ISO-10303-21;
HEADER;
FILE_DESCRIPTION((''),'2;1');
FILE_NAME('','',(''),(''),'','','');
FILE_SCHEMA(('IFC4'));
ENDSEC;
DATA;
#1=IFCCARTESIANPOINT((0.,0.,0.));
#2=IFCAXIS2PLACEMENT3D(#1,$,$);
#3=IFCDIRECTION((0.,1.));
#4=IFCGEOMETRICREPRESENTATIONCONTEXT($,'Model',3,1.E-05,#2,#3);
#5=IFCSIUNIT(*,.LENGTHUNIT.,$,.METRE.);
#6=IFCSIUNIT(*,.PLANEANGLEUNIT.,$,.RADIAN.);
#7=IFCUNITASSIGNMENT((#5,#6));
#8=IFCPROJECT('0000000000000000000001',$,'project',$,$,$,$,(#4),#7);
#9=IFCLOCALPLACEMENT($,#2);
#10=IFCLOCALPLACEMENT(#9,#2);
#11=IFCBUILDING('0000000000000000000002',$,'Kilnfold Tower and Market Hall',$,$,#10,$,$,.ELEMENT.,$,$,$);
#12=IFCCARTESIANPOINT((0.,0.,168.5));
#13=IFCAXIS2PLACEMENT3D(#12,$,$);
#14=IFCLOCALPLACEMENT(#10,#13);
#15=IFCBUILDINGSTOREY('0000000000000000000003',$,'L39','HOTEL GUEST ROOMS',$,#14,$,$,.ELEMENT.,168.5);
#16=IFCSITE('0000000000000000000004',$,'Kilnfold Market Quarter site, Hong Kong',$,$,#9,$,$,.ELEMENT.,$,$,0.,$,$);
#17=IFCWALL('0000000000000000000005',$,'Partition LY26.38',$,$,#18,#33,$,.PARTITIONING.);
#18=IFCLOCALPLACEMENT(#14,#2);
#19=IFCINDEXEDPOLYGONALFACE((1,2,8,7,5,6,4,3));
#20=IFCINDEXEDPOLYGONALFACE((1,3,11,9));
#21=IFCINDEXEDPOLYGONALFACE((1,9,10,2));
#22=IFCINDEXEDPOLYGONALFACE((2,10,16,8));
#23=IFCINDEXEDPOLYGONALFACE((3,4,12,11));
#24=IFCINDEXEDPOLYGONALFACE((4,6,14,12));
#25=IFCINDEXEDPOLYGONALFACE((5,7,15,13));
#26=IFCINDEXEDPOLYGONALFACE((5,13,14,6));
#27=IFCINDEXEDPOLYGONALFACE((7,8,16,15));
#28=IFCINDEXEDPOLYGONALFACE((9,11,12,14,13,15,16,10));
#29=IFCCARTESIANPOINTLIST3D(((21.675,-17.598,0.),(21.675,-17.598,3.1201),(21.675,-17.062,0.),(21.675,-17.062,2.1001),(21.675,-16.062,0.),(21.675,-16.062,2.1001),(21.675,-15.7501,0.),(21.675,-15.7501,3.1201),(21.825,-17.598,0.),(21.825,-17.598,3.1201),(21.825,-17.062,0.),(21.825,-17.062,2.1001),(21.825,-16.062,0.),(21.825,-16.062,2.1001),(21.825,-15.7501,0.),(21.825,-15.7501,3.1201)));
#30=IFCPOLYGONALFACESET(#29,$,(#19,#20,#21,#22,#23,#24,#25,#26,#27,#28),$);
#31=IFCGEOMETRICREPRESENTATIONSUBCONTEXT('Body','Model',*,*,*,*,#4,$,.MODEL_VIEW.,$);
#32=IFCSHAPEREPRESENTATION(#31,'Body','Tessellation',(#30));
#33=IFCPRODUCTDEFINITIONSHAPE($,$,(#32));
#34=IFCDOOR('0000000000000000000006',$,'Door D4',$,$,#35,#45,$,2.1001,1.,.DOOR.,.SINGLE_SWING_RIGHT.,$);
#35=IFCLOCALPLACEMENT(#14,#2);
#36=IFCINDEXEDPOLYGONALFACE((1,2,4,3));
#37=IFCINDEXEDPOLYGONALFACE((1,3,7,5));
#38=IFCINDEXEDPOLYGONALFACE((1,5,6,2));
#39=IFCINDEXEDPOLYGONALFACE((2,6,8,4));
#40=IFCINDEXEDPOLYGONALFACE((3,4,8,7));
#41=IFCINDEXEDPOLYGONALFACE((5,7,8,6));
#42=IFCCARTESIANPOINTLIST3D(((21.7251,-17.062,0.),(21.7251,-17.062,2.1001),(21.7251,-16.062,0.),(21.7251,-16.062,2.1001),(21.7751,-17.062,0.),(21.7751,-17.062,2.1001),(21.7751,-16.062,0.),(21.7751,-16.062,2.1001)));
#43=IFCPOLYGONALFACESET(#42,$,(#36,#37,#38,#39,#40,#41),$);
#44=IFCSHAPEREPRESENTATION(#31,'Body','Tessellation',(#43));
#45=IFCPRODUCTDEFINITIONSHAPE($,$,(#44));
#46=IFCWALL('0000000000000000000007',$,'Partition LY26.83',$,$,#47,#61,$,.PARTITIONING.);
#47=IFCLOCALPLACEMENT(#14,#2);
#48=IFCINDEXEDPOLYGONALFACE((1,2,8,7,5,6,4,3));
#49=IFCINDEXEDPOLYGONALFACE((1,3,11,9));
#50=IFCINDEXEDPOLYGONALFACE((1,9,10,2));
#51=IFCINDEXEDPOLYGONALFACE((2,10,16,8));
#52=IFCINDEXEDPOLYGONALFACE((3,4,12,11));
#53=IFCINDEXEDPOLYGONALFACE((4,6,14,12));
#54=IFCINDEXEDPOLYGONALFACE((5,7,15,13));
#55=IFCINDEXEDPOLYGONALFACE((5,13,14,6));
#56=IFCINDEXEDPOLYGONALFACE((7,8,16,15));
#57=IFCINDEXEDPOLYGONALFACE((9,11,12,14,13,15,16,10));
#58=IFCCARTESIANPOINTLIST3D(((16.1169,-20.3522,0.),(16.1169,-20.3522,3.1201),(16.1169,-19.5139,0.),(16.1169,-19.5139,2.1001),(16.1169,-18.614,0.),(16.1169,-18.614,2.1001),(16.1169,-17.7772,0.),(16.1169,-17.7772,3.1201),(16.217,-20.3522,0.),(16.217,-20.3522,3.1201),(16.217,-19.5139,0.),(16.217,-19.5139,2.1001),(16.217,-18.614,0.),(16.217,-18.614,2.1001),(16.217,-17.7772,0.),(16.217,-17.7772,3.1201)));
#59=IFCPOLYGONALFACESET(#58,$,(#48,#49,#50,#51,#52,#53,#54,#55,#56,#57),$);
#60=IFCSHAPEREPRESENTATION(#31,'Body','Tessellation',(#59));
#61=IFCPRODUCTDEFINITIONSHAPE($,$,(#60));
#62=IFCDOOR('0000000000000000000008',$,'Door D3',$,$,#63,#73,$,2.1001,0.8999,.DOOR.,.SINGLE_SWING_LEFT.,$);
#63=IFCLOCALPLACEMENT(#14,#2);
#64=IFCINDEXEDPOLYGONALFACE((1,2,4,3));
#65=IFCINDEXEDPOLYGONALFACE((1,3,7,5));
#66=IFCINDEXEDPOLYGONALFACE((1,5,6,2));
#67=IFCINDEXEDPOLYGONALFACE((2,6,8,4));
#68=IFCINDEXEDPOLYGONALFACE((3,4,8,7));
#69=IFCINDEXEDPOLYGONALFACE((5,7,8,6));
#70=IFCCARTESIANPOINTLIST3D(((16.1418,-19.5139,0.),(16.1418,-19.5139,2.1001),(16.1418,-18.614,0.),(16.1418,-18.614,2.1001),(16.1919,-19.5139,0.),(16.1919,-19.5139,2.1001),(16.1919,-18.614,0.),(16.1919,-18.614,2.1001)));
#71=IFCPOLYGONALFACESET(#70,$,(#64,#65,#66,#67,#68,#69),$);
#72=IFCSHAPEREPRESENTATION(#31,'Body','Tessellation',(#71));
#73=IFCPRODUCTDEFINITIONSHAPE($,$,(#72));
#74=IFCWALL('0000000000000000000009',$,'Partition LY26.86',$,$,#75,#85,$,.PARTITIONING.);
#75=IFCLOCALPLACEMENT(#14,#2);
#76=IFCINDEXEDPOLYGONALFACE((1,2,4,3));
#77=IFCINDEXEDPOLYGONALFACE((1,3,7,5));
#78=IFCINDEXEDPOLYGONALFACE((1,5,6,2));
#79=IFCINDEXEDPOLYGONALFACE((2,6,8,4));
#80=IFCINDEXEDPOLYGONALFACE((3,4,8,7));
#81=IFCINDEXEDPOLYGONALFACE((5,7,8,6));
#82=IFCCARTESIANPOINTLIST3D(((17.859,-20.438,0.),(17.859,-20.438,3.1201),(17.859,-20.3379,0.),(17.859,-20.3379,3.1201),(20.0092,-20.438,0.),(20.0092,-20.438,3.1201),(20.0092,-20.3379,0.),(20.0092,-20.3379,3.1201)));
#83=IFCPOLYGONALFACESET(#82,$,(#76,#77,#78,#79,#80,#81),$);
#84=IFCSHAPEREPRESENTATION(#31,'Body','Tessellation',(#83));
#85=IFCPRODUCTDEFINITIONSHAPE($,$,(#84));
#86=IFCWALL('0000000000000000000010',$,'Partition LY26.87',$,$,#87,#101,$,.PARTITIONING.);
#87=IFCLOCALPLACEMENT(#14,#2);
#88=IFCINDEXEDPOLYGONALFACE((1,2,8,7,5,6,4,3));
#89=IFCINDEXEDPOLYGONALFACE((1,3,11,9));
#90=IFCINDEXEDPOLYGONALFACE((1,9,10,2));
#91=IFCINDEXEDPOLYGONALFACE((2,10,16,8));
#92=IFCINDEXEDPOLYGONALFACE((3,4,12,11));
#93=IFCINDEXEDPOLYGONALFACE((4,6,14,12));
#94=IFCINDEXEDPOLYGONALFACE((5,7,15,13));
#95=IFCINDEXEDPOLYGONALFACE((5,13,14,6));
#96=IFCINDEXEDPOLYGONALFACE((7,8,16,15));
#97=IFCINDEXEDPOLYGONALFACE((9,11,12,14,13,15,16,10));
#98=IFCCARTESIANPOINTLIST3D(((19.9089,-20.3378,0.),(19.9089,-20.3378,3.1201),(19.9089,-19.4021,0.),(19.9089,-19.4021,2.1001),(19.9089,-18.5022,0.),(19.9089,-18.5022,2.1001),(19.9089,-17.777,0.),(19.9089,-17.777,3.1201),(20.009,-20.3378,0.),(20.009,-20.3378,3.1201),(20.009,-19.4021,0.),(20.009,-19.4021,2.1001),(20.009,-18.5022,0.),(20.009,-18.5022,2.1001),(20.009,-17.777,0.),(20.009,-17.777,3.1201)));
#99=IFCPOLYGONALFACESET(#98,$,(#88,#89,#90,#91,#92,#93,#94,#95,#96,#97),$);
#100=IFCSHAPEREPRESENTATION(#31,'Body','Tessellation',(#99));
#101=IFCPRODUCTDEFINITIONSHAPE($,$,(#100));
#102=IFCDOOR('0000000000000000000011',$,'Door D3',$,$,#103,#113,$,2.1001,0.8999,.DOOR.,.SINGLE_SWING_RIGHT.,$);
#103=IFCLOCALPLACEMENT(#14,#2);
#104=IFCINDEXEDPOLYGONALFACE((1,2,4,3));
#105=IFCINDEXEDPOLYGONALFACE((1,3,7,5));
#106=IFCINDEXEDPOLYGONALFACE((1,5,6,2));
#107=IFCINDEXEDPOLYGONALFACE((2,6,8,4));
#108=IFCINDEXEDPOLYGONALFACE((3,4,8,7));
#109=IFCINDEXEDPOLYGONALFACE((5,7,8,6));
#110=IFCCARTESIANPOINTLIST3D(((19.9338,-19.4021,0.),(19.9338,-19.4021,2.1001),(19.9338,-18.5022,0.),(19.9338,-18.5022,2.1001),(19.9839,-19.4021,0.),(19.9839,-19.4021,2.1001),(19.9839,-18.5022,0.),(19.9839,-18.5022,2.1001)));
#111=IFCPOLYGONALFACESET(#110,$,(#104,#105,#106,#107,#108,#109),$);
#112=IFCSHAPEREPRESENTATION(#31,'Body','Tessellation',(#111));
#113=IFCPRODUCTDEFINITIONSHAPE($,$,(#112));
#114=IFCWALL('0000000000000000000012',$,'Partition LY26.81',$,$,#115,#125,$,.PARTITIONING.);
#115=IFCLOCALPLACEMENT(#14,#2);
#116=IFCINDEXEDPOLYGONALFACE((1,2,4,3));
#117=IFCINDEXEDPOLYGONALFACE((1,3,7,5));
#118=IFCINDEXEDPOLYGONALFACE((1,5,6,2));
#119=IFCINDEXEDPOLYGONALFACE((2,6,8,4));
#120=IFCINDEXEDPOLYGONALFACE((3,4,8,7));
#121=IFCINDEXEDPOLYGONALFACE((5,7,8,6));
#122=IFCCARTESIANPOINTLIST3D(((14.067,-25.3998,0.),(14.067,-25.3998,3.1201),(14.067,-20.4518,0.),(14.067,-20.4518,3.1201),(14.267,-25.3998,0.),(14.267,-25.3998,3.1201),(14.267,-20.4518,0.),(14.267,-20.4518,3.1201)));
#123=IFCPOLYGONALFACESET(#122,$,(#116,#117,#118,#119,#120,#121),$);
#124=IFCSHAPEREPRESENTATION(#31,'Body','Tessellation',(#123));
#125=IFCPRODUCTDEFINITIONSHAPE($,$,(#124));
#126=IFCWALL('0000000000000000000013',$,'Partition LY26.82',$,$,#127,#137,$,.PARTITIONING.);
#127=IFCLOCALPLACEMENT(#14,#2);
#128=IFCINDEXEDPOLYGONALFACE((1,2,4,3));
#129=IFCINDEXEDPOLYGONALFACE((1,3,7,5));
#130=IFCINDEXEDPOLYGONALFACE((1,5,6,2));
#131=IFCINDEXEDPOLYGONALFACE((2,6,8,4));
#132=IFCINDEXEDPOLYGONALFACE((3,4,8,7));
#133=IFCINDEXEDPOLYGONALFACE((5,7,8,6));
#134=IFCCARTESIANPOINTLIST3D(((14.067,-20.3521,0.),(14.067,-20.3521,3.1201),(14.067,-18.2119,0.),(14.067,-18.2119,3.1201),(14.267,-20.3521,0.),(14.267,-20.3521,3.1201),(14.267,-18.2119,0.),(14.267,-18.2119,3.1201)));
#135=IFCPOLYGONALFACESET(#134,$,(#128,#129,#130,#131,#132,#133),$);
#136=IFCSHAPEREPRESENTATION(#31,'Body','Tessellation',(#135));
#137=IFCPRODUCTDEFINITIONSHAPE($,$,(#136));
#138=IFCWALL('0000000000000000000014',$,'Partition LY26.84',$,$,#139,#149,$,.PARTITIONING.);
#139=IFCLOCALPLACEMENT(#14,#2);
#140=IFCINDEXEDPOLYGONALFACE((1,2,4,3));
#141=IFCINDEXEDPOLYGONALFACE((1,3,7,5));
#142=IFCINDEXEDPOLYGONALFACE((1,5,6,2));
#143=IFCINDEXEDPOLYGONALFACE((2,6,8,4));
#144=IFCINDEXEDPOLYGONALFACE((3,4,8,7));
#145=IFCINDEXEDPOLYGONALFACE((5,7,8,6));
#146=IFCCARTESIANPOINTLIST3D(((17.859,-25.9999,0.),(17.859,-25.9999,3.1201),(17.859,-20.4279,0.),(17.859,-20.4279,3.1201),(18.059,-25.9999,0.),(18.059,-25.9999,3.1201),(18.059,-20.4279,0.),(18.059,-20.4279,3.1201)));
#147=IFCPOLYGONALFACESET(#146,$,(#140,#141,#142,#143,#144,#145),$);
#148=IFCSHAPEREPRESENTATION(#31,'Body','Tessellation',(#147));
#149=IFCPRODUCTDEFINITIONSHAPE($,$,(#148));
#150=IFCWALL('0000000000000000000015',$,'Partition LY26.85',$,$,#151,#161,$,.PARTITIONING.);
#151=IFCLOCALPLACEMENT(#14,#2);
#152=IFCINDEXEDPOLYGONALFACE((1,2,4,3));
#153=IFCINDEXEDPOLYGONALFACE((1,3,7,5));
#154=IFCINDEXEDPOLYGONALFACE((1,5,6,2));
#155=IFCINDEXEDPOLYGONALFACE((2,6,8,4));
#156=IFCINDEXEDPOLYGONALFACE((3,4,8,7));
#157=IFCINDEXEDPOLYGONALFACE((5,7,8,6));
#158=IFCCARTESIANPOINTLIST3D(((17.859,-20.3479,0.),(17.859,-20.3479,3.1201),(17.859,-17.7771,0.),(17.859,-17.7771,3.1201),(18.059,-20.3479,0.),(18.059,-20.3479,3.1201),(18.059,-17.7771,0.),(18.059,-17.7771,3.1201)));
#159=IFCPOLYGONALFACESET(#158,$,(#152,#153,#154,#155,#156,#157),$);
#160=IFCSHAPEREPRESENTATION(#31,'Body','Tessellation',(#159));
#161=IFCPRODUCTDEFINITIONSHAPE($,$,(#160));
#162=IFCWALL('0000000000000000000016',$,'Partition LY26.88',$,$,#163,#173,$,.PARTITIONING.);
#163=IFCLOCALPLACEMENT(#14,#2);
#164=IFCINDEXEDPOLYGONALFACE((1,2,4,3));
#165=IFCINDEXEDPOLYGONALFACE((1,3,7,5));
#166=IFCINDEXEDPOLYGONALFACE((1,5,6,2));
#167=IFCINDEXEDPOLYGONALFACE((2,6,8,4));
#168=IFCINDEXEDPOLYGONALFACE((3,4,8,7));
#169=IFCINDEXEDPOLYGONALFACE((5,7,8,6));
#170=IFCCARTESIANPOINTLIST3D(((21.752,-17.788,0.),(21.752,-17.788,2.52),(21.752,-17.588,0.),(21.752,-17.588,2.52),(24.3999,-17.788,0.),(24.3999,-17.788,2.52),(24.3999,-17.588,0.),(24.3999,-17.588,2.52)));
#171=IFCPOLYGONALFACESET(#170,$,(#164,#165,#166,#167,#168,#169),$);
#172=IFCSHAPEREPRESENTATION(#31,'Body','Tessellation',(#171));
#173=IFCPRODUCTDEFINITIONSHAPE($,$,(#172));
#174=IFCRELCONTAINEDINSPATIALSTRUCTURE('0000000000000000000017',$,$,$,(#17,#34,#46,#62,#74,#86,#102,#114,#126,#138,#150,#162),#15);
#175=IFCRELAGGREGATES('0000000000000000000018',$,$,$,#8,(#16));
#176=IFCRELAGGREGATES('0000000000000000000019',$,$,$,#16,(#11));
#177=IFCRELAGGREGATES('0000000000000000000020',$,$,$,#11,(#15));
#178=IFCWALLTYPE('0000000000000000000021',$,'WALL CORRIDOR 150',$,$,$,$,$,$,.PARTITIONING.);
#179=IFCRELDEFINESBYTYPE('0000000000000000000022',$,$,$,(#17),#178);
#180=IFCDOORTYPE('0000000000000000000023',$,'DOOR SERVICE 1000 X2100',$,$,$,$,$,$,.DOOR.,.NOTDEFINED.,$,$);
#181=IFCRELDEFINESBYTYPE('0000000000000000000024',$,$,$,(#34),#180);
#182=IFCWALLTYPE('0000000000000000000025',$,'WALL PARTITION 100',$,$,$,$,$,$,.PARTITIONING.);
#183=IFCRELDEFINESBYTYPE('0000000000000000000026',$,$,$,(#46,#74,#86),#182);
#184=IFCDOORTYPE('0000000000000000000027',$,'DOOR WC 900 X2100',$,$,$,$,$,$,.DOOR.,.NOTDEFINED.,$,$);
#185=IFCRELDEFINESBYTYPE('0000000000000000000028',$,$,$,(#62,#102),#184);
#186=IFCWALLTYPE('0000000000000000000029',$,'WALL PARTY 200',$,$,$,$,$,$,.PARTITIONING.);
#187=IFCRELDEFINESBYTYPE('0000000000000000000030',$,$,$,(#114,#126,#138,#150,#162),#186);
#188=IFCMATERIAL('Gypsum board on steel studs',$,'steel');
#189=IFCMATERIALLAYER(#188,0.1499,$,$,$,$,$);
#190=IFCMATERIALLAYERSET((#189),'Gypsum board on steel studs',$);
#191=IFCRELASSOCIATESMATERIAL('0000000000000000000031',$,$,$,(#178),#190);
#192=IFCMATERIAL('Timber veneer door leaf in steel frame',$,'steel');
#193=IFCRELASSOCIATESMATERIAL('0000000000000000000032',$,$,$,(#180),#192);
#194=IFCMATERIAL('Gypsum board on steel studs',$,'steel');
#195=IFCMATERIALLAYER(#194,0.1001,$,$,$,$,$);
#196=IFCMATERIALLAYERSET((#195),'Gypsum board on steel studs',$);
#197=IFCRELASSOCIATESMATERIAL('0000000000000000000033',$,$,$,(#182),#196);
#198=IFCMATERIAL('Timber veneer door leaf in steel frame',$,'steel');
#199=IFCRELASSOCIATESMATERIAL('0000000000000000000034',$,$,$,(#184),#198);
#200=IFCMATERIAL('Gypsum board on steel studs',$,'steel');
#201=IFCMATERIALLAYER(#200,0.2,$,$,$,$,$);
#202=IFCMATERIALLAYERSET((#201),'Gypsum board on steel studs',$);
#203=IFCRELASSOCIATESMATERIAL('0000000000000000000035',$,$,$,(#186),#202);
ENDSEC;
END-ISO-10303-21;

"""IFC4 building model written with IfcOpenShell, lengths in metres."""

from ifc_helpers import new_model, si_unit, direction, frame, frame_2d, origin, place, context, subcontext, project, spatial, rectangle, extrude, material, layer, layer_set, type_object, element, fill, save


model = new_model("IFC4")

# Units and contexts
model_context = context("Model", 3, precision=1e-05, world=origin(), true_north=direction((0.0, 1.0)))
body_context = subcontext(model_context, "Body", "Model", "MODEL_VIEW")
ifc_project = project(units=[si_unit("LENGTHUNIT", "METRE"), si_unit("PLANEANGLEUNIT", "RADIAN")], contexts=[model_context])

# Site, building, storey
site_placement = place(None, origin())
site = spatial("IfcSite", under=ifc_project, at=site_placement, Name="Kilnfold Market Quarter site, Hong Kong", CompositionType="ELEMENT", RefElevation=0.0)
building_placement = place(site_placement, origin())
building = spatial("IfcBuilding", under=site, at=building_placement, Name="Kilnfold Tower and Market Hall", CompositionType="ELEMENT")
storey_placement = place(building_placement, frame((0.0, 0.0, 168.5)))
storey = spatial("IfcBuildingStorey", under=building, at=storey_placement, Name="L39", Description="HOTEL GUEST ROOMS", CompositionType="ELEMENT", Elevation=168.5)

# Shared definitions
ifc_material_1 = material(Name="Gypsum board on steel studs", Category="steel")
ifc_layer_1 = layer(ifc_material_1, 0.1499)
ifc_layer_set_1 = layer_set([ifc_layer_1], Name="Gypsum board on steel studs")
wall_type_1 = type_object("IfcWallType", Name="WALL CORRIDOR 150", PredefinedType="PARTITIONING", material=ifc_layer_set_1)

# Walls, openings, doors
wall_1_placement = place(storey_placement, frame((21.75, -17.5979, 0.0), z_axis=(0.0, 0.0, 1.0), x_axis=(0.0, 1.0, 0.0)))
wall_1 = element("IfcWall", 1, at=wall_1_placement, inside=storey, type_object=wall_type_1, Name="Partition LY26.38", PredefinedType="PARTITIONING", context=body_context, shape_type="SweptSolid", body=[
    extrude(rectangle(XDim=1.8479, YDim=0.1499, at=frame_2d((0.9238, 0.0))), origin(), (0.0, 0.0, 1.0), 3.1201),
])
opening_1_placement = place(wall_1_placement, frame((0.5359, 0.0, 0.0)))
opening_1 = element("IfcOpeningElement", 2, at=opening_1_placement, cuts=wall_1, PredefinedType="OPENING", context=body_context, shape_type="SweptSolid", body=[
    extrude(rectangle(XDim=1.0, YDim=2.1001, at=frame_2d((0.5, 1.05))), frame((0.0, 0.085, 0.0), z_axis=(0.0, -1.0, 0.0), x_axis=(1.0, 0.0, 0.0)), (0.0, 0.0, 1.0), 0.1699),
])
ifc_material_2 = material(Name="Timber veneer door leaf in steel frame", Category="steel")
door_type_1 = type_object("IfcDoorType", Name="DOOR SERVICE 1000 X2100", OperationType="NOTDEFINED", PredefinedType="DOOR", material=ifc_material_2)
door_1_placement = place(opening_1_placement, origin())
door_1 = element("IfcDoor", 3, at=door_1_placement, inside=storey, type_object=door_type_1, Name="Door D4", OperationType="SINGLE_SWING_RIGHT", OverallHeight=2.1001, OverallWidth=1.0, PredefinedType="DOOR", context=body_context, shape_type="SweptSolid", body=[
    extrude(rectangle(XDim=1.0, YDim=2.1001, at=frame_2d((0.5, 1.05))), frame((0.0, 0.0249, 0.0), z_axis=(0.0, -1.0, 0.0), x_axis=(1.0, 0.0, 0.0)), (0.0, 0.0, 1.0), 0.05),
])
fill(opening_1, door_1)
ifc_material_3 = material(Name="Gypsum board on steel studs", Category="steel")
ifc_layer_2 = layer(ifc_material_3, 0.1001)
ifc_layer_set_2 = layer_set([ifc_layer_2], Name="Gypsum board on steel studs")
wall_type_2 = type_object("IfcWallType", Name="WALL PARTITION 100", PredefinedType="PARTITIONING", material=ifc_layer_set_2)
wall_2_placement = place(storey_placement, frame((16.167, -17.7771, 0.0), z_axis=(0.0, 0.0, 1.0), x_axis=(0.0, -1.0, 0.0)))
wall_2 = element("IfcWall", 4, at=wall_2_placement, inside=storey, type_object=wall_type_2, Name="Partition LY26.83", PredefinedType="PARTITIONING", context=body_context, shape_type="SweptSolid", body=[
    extrude(rectangle(XDim=2.575, YDim=0.1001, at=frame_2d((1.2876, 0.0))), origin(), (0.0, 0.0, 1.0), 3.1201),
])
opening_2_placement = place(wall_2_placement, frame((0.8369, 0.0, 0.0)))
opening_2 = element("IfcOpeningElement", 5, at=opening_2_placement, cuts=wall_2, PredefinedType="OPENING", context=body_context, shape_type="SweptSolid", body=[
    extrude(rectangle(XDim=0.8999, YDim=2.1001, at=frame_2d((0.45, 1.05))), frame((0.0, 0.0601, 0.0), z_axis=(0.0, -1.0, 0.0), x_axis=(1.0, 0.0, 0.0)), (0.0, 0.0, 1.0), 0.1201),
])
ifc_material_4 = material(Name="Timber veneer door leaf in steel frame", Category="steel")
door_type_2 = type_object("IfcDoorType", Name="DOOR WC 900 X2100", OperationType="NOTDEFINED", PredefinedType="DOOR", material=ifc_material_4)
door_2_placement = place(opening_2_placement, origin())
door_2 = element("IfcDoor", 6, at=door_2_placement, inside=storey, type_object=door_type_2, Name="Door D3", OperationType="SINGLE_SWING_LEFT", OverallHeight=2.1001, OverallWidth=0.8999, PredefinedType="DOOR", context=body_context, shape_type="SweptSolid", body=[
    extrude(rectangle(XDim=0.8999, YDim=2.1001, at=frame_2d((0.45, 1.05))), frame((0.0, 0.0249, 0.0), z_axis=(0.0, -1.0, 0.0), x_axis=(1.0, 0.0, 0.0)), (0.0, 0.0, 1.0), 0.05),
])
fill(opening_2, door_2)

# Wall
wall_3_placement = place(storey_placement, frame((17.8589, -20.3879, 0.0), z_axis=(0.0, 0.0, 1.0), x_axis=(1.0, 0.0, 0.0)))
element("IfcWall", 7, at=wall_3_placement, inside=storey, type_object=wall_type_2, Name="Partition LY26.86", PredefinedType="PARTITIONING", context=body_context, shape_type="SweptSolid", body=[
    extrude(rectangle(XDim=2.1501, YDim=0.1001, at=frame_2d((1.0752, 0.0))), origin(), (0.0, 0.0, 1.0), 3.1201),
])

# Wall, opening, door
wall_4_placement = place(storey_placement, frame((19.959, -17.7771, 0.0), z_axis=(0.0, 0.0, 1.0), x_axis=(0.0, -1.0, 0.0)))
wall_4 = element("IfcWall", 8, at=wall_4_placement, inside=storey, type_object=wall_type_2, Name="Partition LY26.87", PredefinedType="PARTITIONING", context=body_context, shape_type="SweptSolid", body=[
    extrude(rectangle(XDim=2.5608, YDim=0.1001, at=frame_2d((1.2803, 0.0))), origin(), (0.0, 0.0, 1.0), 3.1201),
])
opening_3_placement = place(wall_4_placement, frame((0.7251, 0.0, 0.0)))
opening_3 = element("IfcOpeningElement", 9, at=opening_3_placement, cuts=wall_4, PredefinedType="OPENING", context=body_context, shape_type="SweptSolid", body=[
    extrude(rectangle(XDim=0.8999, YDim=2.1001, at=frame_2d((0.45, 1.05))), frame((0.0, 0.0601, 0.0), z_axis=(0.0, -1.0, 0.0), x_axis=(1.0, 0.0, 0.0)), (0.0, 0.0, 1.0), 0.1201),
])
door_3_placement = place(opening_3_placement, origin())
door_3 = element("IfcDoor", 10, at=door_3_placement, inside=storey, type_object=door_type_2, Name="Door D3", OperationType="SINGLE_SWING_RIGHT", OverallHeight=2.1001, OverallWidth=0.8999, PredefinedType="DOOR", context=body_context, shape_type="SweptSolid", body=[
    extrude(rectangle(XDim=0.8999, YDim=2.1001, at=frame_2d((0.45, 1.05))), frame((0.0, 0.0249, 0.0), z_axis=(0.0, -1.0, 0.0), x_axis=(1.0, 0.0, 0.0)), (0.0, 0.0, 1.0), 0.05),
])
fill(opening_3, door_3)

# Walls
ifc_material_5 = material(Name="Gypsum board on steel studs", Category="steel")
ifc_layer_3 = layer(ifc_material_5, 0.2)
ifc_layer_set_3 = layer_set([ifc_layer_3], Name="Gypsum board on steel studs")
wall_type_3 = type_object("IfcWallType", Name="WALL PARTY 200", PredefinedType="PARTITIONING", material=ifc_layer_set_3)
wall_5_placement = place(storey_placement, frame((14.167, -25.3999, 0.0), z_axis=(0.0, 0.0, 1.0), x_axis=(0.0, 1.0, 0.0)))
element("IfcWall", 11, at=wall_5_placement, inside=storey, type_object=wall_type_3, Name="Partition LY26.81", PredefinedType="PARTITIONING", context=body_context, shape_type="SweptSolid", body=[
    extrude(rectangle(XDim=4.948, YDim=0.2, at=frame_2d((2.4741, 0.0))), origin(), (0.0, 0.0, 1.0), 3.1201),
])
wall_6_placement = place(storey_placement, frame((14.167, -20.3521, 0.0), z_axis=(0.0, 0.0, 1.0), x_axis=(0.0, 1.0, 0.0)))
element("IfcWall", 12, at=wall_6_placement, inside=storey, type_object=wall_type_3, Name="Partition LY26.82", PredefinedType="PARTITIONING", context=body_context, shape_type="SweptSolid", body=[
    extrude(rectangle(XDim=2.1401, YDim=0.2, at=frame_2d((1.0701, 0.0))), origin(), (0.0, 0.0, 1.0), 3.1201),
])
wall_7_placement = place(storey_placement, frame((17.959, -26.0, 0.0), z_axis=(0.0, 0.0, 1.0), x_axis=(0.0, 1.0, 0.0)))
element("IfcWall", 13, at=wall_7_placement, inside=storey, type_object=wall_type_3, Name="Partition LY26.84", PredefinedType="PARTITIONING", context=body_context, shape_type="SweptSolid", body=[
    extrude(rectangle(XDim=5.572, YDim=0.2, at=frame_2d((2.7861, 0.0))), origin(), (0.0, 0.0, 1.0), 3.1201),
])
wall_8_placement = place(storey_placement, frame((17.959, -20.3479, 0.0), z_axis=(0.0, 0.0, 1.0), x_axis=(0.0, 1.0, 0.0)))
element("IfcWall", 14, at=wall_8_placement, inside=storey, type_object=wall_type_3, Name="Partition LY26.85", PredefinedType="PARTITIONING", context=body_context, shape_type="SweptSolid", body=[
    extrude(rectangle(XDim=2.5708, YDim=0.2, at=frame_2d((1.2854, 0.0))), origin(), (0.0, 0.0, 1.0), 3.1201),
])
wall_9_placement = place(storey_placement, frame((21.752, -17.688, 0.0), z_axis=(0.0, 0.0, 1.0), x_axis=(1.0, 0.0, 0.0)))
element("IfcWall", 15, at=wall_9_placement, inside=storey, type_object=wall_type_3, Name="Partition LY26.88", PredefinedType="PARTITIONING", context=body_context, shape_type="SweptSolid", body=[
    extrude(rectangle(XDim=2.6479, YDim=0.2, at=frame_2d((1.324, 0.0))), origin(), (0.0, 0.0, 1.0), 2.52),
])

save(model, "model.ifc")
